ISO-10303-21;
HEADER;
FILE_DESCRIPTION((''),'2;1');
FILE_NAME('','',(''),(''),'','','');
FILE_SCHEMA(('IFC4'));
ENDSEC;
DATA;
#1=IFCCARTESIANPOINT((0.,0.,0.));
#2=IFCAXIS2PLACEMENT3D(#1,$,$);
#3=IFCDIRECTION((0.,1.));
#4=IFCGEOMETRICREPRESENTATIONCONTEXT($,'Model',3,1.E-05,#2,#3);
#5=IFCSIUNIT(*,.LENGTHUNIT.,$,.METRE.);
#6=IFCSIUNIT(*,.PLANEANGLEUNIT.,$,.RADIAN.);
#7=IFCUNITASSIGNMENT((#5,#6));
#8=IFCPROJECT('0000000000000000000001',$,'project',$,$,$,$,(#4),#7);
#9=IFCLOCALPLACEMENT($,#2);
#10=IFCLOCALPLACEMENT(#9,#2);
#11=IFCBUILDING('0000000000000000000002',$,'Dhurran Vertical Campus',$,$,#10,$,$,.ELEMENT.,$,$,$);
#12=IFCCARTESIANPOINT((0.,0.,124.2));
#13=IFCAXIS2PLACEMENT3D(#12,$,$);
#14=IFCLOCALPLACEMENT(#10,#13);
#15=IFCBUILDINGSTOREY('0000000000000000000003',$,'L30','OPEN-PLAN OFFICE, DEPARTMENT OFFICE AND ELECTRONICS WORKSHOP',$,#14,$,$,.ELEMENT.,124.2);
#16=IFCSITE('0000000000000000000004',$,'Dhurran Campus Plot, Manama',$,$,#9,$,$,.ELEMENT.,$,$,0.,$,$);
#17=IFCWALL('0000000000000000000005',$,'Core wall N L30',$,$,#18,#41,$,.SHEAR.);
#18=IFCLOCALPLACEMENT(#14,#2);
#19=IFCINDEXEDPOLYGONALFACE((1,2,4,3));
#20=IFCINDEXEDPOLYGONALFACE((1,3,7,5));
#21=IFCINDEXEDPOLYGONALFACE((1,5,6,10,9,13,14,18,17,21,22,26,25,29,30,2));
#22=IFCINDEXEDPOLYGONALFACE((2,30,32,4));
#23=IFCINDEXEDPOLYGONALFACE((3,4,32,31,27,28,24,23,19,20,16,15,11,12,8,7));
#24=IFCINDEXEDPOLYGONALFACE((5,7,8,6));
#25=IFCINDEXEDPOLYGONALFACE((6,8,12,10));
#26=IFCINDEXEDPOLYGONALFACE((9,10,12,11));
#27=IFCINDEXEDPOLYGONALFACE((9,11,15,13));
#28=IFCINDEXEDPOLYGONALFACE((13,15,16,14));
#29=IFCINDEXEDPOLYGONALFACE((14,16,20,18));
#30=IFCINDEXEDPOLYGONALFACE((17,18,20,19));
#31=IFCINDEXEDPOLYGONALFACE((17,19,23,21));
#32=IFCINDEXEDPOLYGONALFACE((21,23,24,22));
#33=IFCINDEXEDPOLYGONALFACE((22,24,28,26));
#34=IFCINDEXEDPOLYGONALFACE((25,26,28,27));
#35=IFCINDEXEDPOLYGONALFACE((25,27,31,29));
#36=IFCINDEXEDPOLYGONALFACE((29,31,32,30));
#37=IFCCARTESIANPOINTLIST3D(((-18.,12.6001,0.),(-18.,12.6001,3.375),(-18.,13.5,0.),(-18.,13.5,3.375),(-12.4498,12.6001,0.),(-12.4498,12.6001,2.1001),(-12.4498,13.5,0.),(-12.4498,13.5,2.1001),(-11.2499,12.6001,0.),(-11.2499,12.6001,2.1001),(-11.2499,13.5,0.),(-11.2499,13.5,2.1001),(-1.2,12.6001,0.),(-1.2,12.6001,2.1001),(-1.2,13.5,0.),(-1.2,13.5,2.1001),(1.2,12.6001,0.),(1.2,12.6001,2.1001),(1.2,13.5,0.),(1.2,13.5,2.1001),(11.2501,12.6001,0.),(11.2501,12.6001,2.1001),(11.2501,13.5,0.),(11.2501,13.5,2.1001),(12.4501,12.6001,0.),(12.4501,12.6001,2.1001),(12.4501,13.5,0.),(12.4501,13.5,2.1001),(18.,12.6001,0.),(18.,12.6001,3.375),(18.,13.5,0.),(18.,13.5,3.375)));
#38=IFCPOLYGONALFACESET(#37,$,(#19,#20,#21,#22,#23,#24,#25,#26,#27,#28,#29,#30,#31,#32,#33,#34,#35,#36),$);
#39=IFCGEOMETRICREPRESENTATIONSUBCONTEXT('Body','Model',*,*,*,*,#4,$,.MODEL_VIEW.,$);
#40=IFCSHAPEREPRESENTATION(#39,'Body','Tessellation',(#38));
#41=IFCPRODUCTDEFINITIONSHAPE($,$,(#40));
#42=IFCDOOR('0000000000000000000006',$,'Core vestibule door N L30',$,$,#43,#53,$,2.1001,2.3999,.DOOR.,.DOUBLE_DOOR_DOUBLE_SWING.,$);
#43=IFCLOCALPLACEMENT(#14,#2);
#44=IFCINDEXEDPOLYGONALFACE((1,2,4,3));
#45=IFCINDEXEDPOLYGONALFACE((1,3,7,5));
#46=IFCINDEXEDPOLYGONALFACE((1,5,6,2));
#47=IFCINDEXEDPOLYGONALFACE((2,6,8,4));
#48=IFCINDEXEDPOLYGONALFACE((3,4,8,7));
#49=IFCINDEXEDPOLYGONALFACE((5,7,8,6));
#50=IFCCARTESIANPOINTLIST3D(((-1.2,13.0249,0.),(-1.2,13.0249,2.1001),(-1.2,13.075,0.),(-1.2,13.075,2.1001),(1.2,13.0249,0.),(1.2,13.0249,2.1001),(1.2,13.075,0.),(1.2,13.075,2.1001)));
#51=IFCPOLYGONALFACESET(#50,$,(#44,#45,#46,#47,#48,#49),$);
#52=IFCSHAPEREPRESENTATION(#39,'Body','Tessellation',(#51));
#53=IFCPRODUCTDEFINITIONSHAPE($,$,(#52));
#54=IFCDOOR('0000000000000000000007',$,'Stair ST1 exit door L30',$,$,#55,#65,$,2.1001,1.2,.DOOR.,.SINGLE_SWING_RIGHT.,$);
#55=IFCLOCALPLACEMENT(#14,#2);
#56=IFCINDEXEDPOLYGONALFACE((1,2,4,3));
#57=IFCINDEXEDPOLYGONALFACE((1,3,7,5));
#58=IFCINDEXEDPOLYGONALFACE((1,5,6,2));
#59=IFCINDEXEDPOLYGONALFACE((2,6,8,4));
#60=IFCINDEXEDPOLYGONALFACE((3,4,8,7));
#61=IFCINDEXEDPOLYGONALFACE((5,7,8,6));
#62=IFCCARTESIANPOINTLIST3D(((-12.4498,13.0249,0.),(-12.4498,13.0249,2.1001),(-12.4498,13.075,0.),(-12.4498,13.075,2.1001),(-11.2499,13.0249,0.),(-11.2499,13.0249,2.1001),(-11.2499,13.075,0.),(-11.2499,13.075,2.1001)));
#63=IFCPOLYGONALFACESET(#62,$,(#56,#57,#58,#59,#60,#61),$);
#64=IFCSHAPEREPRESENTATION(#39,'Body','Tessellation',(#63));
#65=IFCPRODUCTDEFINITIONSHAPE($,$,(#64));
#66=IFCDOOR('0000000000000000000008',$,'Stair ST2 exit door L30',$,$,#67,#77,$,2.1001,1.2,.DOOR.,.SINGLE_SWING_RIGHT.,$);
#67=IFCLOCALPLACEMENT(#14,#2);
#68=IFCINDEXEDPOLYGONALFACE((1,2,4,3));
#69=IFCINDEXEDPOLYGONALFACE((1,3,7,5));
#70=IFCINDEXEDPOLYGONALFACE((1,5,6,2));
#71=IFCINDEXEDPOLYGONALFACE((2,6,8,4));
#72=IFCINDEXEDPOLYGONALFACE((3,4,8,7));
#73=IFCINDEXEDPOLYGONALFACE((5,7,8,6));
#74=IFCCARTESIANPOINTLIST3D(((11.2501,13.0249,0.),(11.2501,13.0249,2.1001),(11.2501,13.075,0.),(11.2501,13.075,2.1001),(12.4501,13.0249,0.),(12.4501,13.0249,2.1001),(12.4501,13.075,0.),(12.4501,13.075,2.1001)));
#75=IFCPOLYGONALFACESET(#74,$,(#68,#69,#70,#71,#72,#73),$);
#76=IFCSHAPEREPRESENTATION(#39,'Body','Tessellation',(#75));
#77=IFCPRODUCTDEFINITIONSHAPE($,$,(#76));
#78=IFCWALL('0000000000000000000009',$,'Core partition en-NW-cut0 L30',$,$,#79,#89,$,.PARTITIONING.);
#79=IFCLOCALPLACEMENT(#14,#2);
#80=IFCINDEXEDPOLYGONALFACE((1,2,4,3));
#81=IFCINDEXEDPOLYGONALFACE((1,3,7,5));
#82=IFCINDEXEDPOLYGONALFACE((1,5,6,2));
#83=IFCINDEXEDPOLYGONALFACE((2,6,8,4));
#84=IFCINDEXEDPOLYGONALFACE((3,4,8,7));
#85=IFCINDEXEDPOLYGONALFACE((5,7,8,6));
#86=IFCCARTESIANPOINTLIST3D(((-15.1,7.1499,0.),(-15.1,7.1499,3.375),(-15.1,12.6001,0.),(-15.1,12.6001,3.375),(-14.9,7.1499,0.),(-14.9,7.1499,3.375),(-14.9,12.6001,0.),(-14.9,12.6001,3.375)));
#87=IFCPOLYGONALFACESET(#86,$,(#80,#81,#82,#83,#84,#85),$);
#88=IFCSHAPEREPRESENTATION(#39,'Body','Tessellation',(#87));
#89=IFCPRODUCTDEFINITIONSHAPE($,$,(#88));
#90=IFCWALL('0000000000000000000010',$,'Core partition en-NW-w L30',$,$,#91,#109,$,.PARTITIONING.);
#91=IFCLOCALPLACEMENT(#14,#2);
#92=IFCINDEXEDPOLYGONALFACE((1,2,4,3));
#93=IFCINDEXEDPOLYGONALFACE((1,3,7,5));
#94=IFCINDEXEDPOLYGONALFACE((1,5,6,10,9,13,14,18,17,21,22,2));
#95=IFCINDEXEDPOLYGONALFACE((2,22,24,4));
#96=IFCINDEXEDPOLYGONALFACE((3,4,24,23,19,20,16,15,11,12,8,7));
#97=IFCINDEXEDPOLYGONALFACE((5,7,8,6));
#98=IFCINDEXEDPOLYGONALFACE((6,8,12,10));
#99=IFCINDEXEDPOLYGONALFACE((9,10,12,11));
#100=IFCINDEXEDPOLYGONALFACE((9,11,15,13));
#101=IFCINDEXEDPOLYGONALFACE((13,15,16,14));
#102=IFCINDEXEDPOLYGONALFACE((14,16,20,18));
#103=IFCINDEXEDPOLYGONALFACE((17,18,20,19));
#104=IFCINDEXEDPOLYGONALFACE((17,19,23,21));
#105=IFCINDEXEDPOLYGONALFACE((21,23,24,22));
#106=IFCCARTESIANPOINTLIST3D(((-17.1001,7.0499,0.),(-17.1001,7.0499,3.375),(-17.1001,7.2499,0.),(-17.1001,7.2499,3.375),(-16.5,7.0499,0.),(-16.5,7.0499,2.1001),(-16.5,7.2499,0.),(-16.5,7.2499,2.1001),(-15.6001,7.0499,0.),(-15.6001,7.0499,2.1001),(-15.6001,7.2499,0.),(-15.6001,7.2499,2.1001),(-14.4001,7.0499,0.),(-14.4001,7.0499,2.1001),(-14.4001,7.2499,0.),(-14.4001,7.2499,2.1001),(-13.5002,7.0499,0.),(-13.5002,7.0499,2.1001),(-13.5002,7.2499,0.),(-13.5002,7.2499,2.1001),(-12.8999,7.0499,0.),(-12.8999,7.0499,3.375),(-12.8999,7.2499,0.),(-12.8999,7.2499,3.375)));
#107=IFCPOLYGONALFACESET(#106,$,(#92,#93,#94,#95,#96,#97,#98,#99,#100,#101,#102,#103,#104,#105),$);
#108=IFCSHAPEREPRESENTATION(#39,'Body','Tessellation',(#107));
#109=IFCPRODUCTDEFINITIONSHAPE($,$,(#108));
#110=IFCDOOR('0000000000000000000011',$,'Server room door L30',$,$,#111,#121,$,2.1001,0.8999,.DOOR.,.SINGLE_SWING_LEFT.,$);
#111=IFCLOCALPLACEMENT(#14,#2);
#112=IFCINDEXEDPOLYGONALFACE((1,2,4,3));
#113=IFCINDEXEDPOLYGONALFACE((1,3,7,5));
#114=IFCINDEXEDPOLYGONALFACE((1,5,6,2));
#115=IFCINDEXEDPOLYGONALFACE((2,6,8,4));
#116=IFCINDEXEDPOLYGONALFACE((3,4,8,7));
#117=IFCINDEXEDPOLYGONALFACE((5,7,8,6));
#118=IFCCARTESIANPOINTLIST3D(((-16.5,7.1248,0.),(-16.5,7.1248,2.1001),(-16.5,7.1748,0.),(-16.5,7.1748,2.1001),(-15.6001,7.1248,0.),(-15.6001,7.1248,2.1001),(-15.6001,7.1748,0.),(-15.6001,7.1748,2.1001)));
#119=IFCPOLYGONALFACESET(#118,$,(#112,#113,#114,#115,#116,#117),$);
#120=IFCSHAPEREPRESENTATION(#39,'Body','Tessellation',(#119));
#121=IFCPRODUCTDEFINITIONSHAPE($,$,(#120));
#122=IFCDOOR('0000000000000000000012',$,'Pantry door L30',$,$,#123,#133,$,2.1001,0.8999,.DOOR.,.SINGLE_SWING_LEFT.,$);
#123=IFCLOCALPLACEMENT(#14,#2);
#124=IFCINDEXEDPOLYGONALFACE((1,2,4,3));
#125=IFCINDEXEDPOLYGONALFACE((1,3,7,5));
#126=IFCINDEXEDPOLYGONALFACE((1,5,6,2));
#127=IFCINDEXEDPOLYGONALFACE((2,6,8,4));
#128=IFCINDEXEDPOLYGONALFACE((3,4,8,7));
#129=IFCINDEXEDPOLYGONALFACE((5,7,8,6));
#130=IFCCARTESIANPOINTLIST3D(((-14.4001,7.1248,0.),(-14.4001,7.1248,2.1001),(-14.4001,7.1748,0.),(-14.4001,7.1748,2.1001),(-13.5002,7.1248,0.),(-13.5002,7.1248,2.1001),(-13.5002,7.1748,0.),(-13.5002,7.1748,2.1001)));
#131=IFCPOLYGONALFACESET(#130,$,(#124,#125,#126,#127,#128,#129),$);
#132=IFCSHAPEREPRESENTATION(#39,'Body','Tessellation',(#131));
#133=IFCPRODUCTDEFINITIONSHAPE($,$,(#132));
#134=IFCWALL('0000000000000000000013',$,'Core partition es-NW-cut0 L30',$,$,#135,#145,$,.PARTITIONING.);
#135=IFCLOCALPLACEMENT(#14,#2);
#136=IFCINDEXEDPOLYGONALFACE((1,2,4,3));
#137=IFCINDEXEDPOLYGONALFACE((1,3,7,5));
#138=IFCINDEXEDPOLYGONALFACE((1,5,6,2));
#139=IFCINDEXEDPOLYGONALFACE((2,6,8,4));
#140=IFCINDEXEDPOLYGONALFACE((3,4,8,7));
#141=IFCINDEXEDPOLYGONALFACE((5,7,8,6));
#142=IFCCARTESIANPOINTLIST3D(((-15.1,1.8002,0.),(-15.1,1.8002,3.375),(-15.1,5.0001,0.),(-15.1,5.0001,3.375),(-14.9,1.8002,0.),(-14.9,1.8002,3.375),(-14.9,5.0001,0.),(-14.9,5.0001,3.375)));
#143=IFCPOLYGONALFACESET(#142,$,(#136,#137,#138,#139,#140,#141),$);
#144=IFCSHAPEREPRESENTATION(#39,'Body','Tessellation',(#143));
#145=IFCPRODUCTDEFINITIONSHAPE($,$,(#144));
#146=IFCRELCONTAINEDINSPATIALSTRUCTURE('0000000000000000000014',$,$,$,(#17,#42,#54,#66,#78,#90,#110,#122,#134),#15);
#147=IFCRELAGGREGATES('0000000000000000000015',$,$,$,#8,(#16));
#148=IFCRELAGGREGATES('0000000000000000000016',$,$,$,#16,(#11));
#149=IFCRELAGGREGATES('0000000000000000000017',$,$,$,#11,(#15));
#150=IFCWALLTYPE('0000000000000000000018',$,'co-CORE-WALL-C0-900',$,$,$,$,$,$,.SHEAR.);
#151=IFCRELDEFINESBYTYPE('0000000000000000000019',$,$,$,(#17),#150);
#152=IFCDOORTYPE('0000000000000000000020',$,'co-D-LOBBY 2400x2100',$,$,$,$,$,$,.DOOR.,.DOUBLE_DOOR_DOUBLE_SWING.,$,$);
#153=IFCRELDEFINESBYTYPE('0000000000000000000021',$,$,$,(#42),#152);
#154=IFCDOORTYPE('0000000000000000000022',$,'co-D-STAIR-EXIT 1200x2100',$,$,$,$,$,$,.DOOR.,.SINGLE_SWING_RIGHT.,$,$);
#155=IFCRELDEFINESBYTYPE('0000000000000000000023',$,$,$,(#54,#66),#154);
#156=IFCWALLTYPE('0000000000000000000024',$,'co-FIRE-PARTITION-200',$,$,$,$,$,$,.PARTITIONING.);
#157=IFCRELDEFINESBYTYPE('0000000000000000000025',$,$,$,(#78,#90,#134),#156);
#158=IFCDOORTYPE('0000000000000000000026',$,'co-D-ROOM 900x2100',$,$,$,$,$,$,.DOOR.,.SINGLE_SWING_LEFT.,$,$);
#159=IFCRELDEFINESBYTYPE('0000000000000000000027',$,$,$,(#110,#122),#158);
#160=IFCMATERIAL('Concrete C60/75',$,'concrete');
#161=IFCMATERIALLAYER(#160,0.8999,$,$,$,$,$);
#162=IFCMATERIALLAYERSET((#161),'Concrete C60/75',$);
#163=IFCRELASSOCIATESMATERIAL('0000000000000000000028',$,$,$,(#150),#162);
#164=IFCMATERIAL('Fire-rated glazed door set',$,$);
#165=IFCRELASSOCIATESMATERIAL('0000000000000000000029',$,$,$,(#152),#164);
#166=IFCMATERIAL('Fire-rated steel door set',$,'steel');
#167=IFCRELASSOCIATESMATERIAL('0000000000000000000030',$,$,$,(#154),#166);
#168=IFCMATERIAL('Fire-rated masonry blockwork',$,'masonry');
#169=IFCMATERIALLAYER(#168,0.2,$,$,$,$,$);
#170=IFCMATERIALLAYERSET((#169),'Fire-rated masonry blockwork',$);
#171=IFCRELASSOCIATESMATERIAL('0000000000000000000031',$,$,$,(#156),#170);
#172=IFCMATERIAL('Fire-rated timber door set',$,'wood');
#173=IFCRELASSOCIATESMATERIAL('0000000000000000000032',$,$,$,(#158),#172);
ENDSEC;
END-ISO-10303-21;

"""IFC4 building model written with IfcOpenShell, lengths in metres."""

from ifc_helpers import new_model, si_unit, direction, frame, frame_2d, origin, place, context, subcontext, project, spatial, rectangle, extrude, material, layer, layer_set, type_object, element, fill, save


model = new_model("IFC4")

# Units and contexts
model_context = context("Model", 3, precision=1e-05, world=origin(), true_north=direction((0.0, 1.0)))
body_context = subcontext(model_context, "Body", "Model", "MODEL_VIEW")
ifc_project = project(units=[si_unit("LENGTHUNIT", "METRE"), si_unit("PLANEANGLEUNIT", "RADIAN")], contexts=[model_context])

# Site, building, storey
site_placement = place(None, origin())
site = spatial("IfcSite", under=ifc_project, at=site_placement, Name="Dhurran Campus Plot, Manama", CompositionType="ELEMENT", RefElevation=0.0)
building_placement = place(site_placement, origin())
building = spatial("IfcBuilding", under=site, at=building_placement, Name="Dhurran Vertical Campus", CompositionType="ELEMENT")
storey_placement = place(building_placement, frame((0.0, 0.0, 124.2)))
storey = spatial("IfcBuildingStorey", under=building, at=storey_placement, Name="L30", Description="OPEN-PLAN OFFICE, DEPARTMENT OFFICE AND ELECTRONICS WORKSHOP", CompositionType="ELEMENT", Elevation=124.2)

# Wall, openings, doors
ifc_material_1 = material(Name="Concrete C60/75", Category="concrete")
ifc_layer_1 = layer(ifc_material_1, 0.8999)
ifc_layer_set_1 = layer_set([ifc_layer_1], Name="Concrete C60/75")
wall_type_1 = type_object("IfcWallType", Name="co-CORE-WALL-C0-900", PredefinedType="SHEAR", material=ifc_layer_set_1)
wall_1_placement = place(storey_placement, frame((-18.0, 13.05, 0.0), z_axis=(0.0, 0.0, 1.0), x_axis=(1.0, 0.0, 0.0)))
wall_1 = element("IfcWall", 1, at=wall_1_placement, inside=storey, type_object=wall_type_1, Name="Core wall N L30", PredefinedType="SHEAR", context=body_context, shape_type="SweptSolid", body=[
    extrude(rectangle(XDim=36.0, YDim=0.8999, at=frame_2d((18.0, 0.0))), origin(), (0.0, 0.0, 1.0), 3.375),
])
opening_1_placement = place(wall_1_placement, frame((16.8, 0.0, 0.0)))
opening_1 = element("IfcOpeningElement", 2, at=opening_1_placement, cuts=wall_1, PredefinedType="OPENING", context=body_context, shape_type="SweptSolid", body=[
    extrude(rectangle(XDim=2.3999, YDim=2.1001, at=frame_2d((1.2, 1.05))), frame((0.0, 0.46, 0.0), z_axis=(0.0, -1.0, 0.0), x_axis=(1.0, 0.0, 0.0)), (0.0, 0.0, 1.0), 0.9199),
])
opening_2_placement = place(wall_1_placement, frame((5.55, 0.0, 0.0)))
opening_2 = element("IfcOpeningElement", 3, at=opening_2_placement, cuts=wall_1, PredefinedType="OPENING", context=body_context, shape_type="SweptSolid", body=[
    extrude(rectangle(XDim=1.2, YDim=2.1001, at=frame_2d((0.6001, 1.05))), frame((0.0, 0.46, 0.0), z_axis=(0.0, -1.0, 0.0), x_axis=(1.0, 0.0, 0.0)), (0.0, 0.0, 1.0), 0.9199),
])
opening_3_placement = place(wall_1_placement, frame((29.25, 0.0, 0.0)))
opening_3 = element("IfcOpeningElement", 4, at=opening_3_placement, cuts=wall_1, PredefinedType="OPENING", context=body_context, shape_type="SweptSolid", body=[
    extrude(rectangle(XDim=1.2, YDim=2.1001, at=frame_2d((0.6001, 1.05))), frame((0.0, 0.46, 0.0), z_axis=(0.0, -1.0, 0.0), x_axis=(1.0, 0.0, 0.0)), (0.0, 0.0, 1.0), 0.9199),
])
ifc_material_2 = material(Name="Fire-rated glazed door set")
door_type_1 = type_object("IfcDoorType", Name="co-D-LOBBY 2400x2100", OperationType="DOUBLE_DOOR_DOUBLE_SWING", PredefinedType="DOOR", material=ifc_material_2)
door_1_placement = place(opening_1_placement, origin())
door_1 = element("IfcDoor", 5, at=door_1_placement, inside=storey, type_object=door_type_1, Name="Core vestibule door N L30", OperationType="DOUBLE_DOOR_DOUBLE_SWING", OverallHeight=2.1001, OverallWidth=2.3999, PredefinedType="DOOR", context=body_context, shape_type="SweptSolid", body=[
    extrude(rectangle(XDim=2.3999, YDim=2.1001, at=frame_2d((1.2, 1.05))), frame((0.0, 0.0249, 0.0), z_axis=(0.0, -1.0, 0.0), x_axis=(1.0, 0.0, 0.0)), (0.0, 0.0, 1.0), 0.05),
])
fill(opening_1, door_1)
ifc_material_3 = material(Name="Fire-rated steel door set", Category="steel")
door_type_2 = type_object("IfcDoorType", Name="co-D-STAIR-EXIT 1200x2100", OperationType="SINGLE_SWING_RIGHT", PredefinedType="DOOR", material=ifc_material_3)
door_2_placement = place(opening_2_placement, origin())
door_2 = element("IfcDoor", 6, at=door_2_placement, inside=storey, type_object=door_type_2, Name="Stair ST1 exit door L30", OperationType="SINGLE_SWING_RIGHT", OverallHeight=2.1001, OverallWidth=1.2, PredefinedType="DOOR", context=body_context, shape_type="SweptSolid", body=[
    extrude(rectangle(XDim=1.2, YDim=2.1001, at=frame_2d((0.6001, 1.05))), frame((0.0, 0.0249, 0.0), z_axis=(0.0, -1.0, 0.0), x_axis=(1.0, 0.0, 0.0)), (0.0, 0.0, 1.0), 0.05),
])
fill(opening_2, door_2)
door_3_placement = place(opening_3_placement, origin())
door_3 = element("IfcDoor", 7, at=door_3_placement, inside=storey, type_object=door_type_2, Name="Stair ST2 exit door L30", OperationType="SINGLE_SWING_RIGHT", OverallHeight=2.1001, OverallWidth=1.2, PredefinedType="DOOR", context=body_context, shape_type="SweptSolid", body=[
    extrude(rectangle(XDim=1.2, YDim=2.1001, at=frame_2d((0.6001, 1.05))), frame((0.0, 0.0249, 0.0), z_axis=(0.0, -1.0, 0.0), x_axis=(1.0, 0.0, 0.0)), (0.0, 0.0, 1.0), 0.05),
])
fill(opening_3, door_3)

# Wall
ifc_material_4 = material(Name="Fire-rated masonry blockwork", Category="masonry")
ifc_layer_2 = layer(ifc_material_4, 0.2)
ifc_layer_set_2 = layer_set([ifc_layer_2], Name="Fire-rated masonry blockwork")
wall_type_2 = type_object("IfcWallType", Name="co-FIRE-PARTITION-200", PredefinedType="PARTITIONING", material=ifc_layer_set_2)
wall_2_placement = place(storey_placement, frame((-15.0, 7.1499, 0.0), z_axis=(0.0, 0.0, 1.0), x_axis=(0.0, 1.0, 0.0)))
element("IfcWall", 8, at=wall_2_placement, inside=storey, type_object=wall_type_2, Name="Core partition en-NW-cut0 L30", PredefinedType="PARTITIONING", context=body_context, shape_type="SweptSolid", body=[
    extrude(rectangle(XDim=5.4502, YDim=0.2, at=frame_2d((2.7251, 0.0))), origin(), (0.0, 0.0, 1.0), 3.375),
])

# Wall, openings, doors
wall_3_placement = place(storey_placement, frame((-17.1001, 7.1499, 0.0), z_axis=(0.0, 0.0, 1.0), x_axis=(1.0, 0.0, 0.0)))
wall_3 = element("IfcWall", 9, at=wall_3_placement, inside=storey, type_object=wall_type_2, Name="Core partition en-NW-w L30", PredefinedType="PARTITIONING", context=body_context, shape_type="SweptSolid", body=[
    extrude(rectangle(XDim=4.2002, YDim=0.2, at=frame_2d((2.1001, 0.0))), origin(), (0.0, 0.0, 1.0), 3.375),
])
opening_4_placement = place(wall_3_placement, frame((0.6001, 0.0, 0.0)))
opening_4 = element("IfcOpeningElement", 10, at=opening_4_placement, cuts=wall_3, PredefinedType="OPENING", context=body_context, shape_type="SweptSolid", body=[
    extrude(rectangle(XDim=0.8999, YDim=2.1001, at=frame_2d((0.45, 1.05))), frame((0.0, 0.1099, 0.0), z_axis=(0.0, -1.0, 0.0), x_axis=(1.0, 0.0, 0.0)), (0.0, 0.0, 1.0), 0.22),
])
opening_5_placement = place(wall_3_placement, frame((2.7, 0.0, 0.0)))
opening_5 = element("IfcOpeningElement", 11, at=opening_5_placement, cuts=wall_3, PredefinedType="OPENING", context=body_context, shape_type="SweptSolid", body=[
    extrude(rectangle(XDim=0.8999, YDim=2.1001, at=frame_2d((0.45, 1.05))), frame((0.0, 0.1099, 0.0), z_axis=(0.0, -1.0, 0.0), x_axis=(1.0, 0.0, 0.0)), (0.0, 0.0, 1.0), 0.22),
])
ifc_material_5 = material(Name="Fire-rated timber door set", Category="wood")
door_type_3 = type_object("IfcDoorType", Name="co-D-ROOM 900x2100", OperationType="SINGLE_SWING_LEFT", PredefinedType="DOOR", material=ifc_material_5)
door_4_placement = place(opening_4_placement, origin())
door_4 = element("IfcDoor", 12, at=door_4_placement, inside=storey, type_object=door_type_3, Name="Server room door L30", OperationType="SINGLE_SWING_LEFT", OverallHeight=2.1001, OverallWidth=0.8999, PredefinedType="DOOR", context=body_context, shape_type="SweptSolid", body=[
    extrude(rectangle(XDim=0.8999, YDim=2.1001, at=frame_2d((0.45, 1.05))), frame((0.0, 0.0249, 0.0), z_axis=(0.0, -1.0, 0.0), x_axis=(1.0, 0.0, 0.0)), (0.0, 0.0, 1.0), 0.05),
])
fill(opening_4, door_4)
door_5_placement = place(opening_5_placement, origin())
door_5 = element("IfcDoor", 13, at=door_5_placement, inside=storey, type_object=door_type_3, Name="Pantry door L30", OperationType="SINGLE_SWING_LEFT", OverallHeight=2.1001, OverallWidth=0.8999, PredefinedType="DOOR", context=body_context, shape_type="SweptSolid", body=[
    extrude(rectangle(XDim=0.8999, YDim=2.1001, at=frame_2d((0.45, 1.05))), frame((0.0, 0.0249, 0.0), z_axis=(0.0, -1.0, 0.0), x_axis=(1.0, 0.0, 0.0)), (0.0, 0.0, 1.0), 0.05),
])
fill(opening_5, door_5)

# Wall
wall_4_placement = place(storey_placement, frame((-15.0, 1.8, 0.0), z_axis=(0.0, 0.0, 1.0), x_axis=(0.0, 1.0, 0.0)))
element("IfcWall", 14, at=wall_4_placement, inside=storey, type_object=wall_type_2, Name="Core partition es-NW-cut0 L30", PredefinedType="PARTITIONING", context=body_context, shape_type="SweptSolid", body=[
    extrude(rectangle(XDim=3.2, YDim=0.2, at=frame_2d((1.6001, 0.0))), origin(), (0.0, 0.0, 1.0), 3.375),
])

save(model, "model.ifc")
